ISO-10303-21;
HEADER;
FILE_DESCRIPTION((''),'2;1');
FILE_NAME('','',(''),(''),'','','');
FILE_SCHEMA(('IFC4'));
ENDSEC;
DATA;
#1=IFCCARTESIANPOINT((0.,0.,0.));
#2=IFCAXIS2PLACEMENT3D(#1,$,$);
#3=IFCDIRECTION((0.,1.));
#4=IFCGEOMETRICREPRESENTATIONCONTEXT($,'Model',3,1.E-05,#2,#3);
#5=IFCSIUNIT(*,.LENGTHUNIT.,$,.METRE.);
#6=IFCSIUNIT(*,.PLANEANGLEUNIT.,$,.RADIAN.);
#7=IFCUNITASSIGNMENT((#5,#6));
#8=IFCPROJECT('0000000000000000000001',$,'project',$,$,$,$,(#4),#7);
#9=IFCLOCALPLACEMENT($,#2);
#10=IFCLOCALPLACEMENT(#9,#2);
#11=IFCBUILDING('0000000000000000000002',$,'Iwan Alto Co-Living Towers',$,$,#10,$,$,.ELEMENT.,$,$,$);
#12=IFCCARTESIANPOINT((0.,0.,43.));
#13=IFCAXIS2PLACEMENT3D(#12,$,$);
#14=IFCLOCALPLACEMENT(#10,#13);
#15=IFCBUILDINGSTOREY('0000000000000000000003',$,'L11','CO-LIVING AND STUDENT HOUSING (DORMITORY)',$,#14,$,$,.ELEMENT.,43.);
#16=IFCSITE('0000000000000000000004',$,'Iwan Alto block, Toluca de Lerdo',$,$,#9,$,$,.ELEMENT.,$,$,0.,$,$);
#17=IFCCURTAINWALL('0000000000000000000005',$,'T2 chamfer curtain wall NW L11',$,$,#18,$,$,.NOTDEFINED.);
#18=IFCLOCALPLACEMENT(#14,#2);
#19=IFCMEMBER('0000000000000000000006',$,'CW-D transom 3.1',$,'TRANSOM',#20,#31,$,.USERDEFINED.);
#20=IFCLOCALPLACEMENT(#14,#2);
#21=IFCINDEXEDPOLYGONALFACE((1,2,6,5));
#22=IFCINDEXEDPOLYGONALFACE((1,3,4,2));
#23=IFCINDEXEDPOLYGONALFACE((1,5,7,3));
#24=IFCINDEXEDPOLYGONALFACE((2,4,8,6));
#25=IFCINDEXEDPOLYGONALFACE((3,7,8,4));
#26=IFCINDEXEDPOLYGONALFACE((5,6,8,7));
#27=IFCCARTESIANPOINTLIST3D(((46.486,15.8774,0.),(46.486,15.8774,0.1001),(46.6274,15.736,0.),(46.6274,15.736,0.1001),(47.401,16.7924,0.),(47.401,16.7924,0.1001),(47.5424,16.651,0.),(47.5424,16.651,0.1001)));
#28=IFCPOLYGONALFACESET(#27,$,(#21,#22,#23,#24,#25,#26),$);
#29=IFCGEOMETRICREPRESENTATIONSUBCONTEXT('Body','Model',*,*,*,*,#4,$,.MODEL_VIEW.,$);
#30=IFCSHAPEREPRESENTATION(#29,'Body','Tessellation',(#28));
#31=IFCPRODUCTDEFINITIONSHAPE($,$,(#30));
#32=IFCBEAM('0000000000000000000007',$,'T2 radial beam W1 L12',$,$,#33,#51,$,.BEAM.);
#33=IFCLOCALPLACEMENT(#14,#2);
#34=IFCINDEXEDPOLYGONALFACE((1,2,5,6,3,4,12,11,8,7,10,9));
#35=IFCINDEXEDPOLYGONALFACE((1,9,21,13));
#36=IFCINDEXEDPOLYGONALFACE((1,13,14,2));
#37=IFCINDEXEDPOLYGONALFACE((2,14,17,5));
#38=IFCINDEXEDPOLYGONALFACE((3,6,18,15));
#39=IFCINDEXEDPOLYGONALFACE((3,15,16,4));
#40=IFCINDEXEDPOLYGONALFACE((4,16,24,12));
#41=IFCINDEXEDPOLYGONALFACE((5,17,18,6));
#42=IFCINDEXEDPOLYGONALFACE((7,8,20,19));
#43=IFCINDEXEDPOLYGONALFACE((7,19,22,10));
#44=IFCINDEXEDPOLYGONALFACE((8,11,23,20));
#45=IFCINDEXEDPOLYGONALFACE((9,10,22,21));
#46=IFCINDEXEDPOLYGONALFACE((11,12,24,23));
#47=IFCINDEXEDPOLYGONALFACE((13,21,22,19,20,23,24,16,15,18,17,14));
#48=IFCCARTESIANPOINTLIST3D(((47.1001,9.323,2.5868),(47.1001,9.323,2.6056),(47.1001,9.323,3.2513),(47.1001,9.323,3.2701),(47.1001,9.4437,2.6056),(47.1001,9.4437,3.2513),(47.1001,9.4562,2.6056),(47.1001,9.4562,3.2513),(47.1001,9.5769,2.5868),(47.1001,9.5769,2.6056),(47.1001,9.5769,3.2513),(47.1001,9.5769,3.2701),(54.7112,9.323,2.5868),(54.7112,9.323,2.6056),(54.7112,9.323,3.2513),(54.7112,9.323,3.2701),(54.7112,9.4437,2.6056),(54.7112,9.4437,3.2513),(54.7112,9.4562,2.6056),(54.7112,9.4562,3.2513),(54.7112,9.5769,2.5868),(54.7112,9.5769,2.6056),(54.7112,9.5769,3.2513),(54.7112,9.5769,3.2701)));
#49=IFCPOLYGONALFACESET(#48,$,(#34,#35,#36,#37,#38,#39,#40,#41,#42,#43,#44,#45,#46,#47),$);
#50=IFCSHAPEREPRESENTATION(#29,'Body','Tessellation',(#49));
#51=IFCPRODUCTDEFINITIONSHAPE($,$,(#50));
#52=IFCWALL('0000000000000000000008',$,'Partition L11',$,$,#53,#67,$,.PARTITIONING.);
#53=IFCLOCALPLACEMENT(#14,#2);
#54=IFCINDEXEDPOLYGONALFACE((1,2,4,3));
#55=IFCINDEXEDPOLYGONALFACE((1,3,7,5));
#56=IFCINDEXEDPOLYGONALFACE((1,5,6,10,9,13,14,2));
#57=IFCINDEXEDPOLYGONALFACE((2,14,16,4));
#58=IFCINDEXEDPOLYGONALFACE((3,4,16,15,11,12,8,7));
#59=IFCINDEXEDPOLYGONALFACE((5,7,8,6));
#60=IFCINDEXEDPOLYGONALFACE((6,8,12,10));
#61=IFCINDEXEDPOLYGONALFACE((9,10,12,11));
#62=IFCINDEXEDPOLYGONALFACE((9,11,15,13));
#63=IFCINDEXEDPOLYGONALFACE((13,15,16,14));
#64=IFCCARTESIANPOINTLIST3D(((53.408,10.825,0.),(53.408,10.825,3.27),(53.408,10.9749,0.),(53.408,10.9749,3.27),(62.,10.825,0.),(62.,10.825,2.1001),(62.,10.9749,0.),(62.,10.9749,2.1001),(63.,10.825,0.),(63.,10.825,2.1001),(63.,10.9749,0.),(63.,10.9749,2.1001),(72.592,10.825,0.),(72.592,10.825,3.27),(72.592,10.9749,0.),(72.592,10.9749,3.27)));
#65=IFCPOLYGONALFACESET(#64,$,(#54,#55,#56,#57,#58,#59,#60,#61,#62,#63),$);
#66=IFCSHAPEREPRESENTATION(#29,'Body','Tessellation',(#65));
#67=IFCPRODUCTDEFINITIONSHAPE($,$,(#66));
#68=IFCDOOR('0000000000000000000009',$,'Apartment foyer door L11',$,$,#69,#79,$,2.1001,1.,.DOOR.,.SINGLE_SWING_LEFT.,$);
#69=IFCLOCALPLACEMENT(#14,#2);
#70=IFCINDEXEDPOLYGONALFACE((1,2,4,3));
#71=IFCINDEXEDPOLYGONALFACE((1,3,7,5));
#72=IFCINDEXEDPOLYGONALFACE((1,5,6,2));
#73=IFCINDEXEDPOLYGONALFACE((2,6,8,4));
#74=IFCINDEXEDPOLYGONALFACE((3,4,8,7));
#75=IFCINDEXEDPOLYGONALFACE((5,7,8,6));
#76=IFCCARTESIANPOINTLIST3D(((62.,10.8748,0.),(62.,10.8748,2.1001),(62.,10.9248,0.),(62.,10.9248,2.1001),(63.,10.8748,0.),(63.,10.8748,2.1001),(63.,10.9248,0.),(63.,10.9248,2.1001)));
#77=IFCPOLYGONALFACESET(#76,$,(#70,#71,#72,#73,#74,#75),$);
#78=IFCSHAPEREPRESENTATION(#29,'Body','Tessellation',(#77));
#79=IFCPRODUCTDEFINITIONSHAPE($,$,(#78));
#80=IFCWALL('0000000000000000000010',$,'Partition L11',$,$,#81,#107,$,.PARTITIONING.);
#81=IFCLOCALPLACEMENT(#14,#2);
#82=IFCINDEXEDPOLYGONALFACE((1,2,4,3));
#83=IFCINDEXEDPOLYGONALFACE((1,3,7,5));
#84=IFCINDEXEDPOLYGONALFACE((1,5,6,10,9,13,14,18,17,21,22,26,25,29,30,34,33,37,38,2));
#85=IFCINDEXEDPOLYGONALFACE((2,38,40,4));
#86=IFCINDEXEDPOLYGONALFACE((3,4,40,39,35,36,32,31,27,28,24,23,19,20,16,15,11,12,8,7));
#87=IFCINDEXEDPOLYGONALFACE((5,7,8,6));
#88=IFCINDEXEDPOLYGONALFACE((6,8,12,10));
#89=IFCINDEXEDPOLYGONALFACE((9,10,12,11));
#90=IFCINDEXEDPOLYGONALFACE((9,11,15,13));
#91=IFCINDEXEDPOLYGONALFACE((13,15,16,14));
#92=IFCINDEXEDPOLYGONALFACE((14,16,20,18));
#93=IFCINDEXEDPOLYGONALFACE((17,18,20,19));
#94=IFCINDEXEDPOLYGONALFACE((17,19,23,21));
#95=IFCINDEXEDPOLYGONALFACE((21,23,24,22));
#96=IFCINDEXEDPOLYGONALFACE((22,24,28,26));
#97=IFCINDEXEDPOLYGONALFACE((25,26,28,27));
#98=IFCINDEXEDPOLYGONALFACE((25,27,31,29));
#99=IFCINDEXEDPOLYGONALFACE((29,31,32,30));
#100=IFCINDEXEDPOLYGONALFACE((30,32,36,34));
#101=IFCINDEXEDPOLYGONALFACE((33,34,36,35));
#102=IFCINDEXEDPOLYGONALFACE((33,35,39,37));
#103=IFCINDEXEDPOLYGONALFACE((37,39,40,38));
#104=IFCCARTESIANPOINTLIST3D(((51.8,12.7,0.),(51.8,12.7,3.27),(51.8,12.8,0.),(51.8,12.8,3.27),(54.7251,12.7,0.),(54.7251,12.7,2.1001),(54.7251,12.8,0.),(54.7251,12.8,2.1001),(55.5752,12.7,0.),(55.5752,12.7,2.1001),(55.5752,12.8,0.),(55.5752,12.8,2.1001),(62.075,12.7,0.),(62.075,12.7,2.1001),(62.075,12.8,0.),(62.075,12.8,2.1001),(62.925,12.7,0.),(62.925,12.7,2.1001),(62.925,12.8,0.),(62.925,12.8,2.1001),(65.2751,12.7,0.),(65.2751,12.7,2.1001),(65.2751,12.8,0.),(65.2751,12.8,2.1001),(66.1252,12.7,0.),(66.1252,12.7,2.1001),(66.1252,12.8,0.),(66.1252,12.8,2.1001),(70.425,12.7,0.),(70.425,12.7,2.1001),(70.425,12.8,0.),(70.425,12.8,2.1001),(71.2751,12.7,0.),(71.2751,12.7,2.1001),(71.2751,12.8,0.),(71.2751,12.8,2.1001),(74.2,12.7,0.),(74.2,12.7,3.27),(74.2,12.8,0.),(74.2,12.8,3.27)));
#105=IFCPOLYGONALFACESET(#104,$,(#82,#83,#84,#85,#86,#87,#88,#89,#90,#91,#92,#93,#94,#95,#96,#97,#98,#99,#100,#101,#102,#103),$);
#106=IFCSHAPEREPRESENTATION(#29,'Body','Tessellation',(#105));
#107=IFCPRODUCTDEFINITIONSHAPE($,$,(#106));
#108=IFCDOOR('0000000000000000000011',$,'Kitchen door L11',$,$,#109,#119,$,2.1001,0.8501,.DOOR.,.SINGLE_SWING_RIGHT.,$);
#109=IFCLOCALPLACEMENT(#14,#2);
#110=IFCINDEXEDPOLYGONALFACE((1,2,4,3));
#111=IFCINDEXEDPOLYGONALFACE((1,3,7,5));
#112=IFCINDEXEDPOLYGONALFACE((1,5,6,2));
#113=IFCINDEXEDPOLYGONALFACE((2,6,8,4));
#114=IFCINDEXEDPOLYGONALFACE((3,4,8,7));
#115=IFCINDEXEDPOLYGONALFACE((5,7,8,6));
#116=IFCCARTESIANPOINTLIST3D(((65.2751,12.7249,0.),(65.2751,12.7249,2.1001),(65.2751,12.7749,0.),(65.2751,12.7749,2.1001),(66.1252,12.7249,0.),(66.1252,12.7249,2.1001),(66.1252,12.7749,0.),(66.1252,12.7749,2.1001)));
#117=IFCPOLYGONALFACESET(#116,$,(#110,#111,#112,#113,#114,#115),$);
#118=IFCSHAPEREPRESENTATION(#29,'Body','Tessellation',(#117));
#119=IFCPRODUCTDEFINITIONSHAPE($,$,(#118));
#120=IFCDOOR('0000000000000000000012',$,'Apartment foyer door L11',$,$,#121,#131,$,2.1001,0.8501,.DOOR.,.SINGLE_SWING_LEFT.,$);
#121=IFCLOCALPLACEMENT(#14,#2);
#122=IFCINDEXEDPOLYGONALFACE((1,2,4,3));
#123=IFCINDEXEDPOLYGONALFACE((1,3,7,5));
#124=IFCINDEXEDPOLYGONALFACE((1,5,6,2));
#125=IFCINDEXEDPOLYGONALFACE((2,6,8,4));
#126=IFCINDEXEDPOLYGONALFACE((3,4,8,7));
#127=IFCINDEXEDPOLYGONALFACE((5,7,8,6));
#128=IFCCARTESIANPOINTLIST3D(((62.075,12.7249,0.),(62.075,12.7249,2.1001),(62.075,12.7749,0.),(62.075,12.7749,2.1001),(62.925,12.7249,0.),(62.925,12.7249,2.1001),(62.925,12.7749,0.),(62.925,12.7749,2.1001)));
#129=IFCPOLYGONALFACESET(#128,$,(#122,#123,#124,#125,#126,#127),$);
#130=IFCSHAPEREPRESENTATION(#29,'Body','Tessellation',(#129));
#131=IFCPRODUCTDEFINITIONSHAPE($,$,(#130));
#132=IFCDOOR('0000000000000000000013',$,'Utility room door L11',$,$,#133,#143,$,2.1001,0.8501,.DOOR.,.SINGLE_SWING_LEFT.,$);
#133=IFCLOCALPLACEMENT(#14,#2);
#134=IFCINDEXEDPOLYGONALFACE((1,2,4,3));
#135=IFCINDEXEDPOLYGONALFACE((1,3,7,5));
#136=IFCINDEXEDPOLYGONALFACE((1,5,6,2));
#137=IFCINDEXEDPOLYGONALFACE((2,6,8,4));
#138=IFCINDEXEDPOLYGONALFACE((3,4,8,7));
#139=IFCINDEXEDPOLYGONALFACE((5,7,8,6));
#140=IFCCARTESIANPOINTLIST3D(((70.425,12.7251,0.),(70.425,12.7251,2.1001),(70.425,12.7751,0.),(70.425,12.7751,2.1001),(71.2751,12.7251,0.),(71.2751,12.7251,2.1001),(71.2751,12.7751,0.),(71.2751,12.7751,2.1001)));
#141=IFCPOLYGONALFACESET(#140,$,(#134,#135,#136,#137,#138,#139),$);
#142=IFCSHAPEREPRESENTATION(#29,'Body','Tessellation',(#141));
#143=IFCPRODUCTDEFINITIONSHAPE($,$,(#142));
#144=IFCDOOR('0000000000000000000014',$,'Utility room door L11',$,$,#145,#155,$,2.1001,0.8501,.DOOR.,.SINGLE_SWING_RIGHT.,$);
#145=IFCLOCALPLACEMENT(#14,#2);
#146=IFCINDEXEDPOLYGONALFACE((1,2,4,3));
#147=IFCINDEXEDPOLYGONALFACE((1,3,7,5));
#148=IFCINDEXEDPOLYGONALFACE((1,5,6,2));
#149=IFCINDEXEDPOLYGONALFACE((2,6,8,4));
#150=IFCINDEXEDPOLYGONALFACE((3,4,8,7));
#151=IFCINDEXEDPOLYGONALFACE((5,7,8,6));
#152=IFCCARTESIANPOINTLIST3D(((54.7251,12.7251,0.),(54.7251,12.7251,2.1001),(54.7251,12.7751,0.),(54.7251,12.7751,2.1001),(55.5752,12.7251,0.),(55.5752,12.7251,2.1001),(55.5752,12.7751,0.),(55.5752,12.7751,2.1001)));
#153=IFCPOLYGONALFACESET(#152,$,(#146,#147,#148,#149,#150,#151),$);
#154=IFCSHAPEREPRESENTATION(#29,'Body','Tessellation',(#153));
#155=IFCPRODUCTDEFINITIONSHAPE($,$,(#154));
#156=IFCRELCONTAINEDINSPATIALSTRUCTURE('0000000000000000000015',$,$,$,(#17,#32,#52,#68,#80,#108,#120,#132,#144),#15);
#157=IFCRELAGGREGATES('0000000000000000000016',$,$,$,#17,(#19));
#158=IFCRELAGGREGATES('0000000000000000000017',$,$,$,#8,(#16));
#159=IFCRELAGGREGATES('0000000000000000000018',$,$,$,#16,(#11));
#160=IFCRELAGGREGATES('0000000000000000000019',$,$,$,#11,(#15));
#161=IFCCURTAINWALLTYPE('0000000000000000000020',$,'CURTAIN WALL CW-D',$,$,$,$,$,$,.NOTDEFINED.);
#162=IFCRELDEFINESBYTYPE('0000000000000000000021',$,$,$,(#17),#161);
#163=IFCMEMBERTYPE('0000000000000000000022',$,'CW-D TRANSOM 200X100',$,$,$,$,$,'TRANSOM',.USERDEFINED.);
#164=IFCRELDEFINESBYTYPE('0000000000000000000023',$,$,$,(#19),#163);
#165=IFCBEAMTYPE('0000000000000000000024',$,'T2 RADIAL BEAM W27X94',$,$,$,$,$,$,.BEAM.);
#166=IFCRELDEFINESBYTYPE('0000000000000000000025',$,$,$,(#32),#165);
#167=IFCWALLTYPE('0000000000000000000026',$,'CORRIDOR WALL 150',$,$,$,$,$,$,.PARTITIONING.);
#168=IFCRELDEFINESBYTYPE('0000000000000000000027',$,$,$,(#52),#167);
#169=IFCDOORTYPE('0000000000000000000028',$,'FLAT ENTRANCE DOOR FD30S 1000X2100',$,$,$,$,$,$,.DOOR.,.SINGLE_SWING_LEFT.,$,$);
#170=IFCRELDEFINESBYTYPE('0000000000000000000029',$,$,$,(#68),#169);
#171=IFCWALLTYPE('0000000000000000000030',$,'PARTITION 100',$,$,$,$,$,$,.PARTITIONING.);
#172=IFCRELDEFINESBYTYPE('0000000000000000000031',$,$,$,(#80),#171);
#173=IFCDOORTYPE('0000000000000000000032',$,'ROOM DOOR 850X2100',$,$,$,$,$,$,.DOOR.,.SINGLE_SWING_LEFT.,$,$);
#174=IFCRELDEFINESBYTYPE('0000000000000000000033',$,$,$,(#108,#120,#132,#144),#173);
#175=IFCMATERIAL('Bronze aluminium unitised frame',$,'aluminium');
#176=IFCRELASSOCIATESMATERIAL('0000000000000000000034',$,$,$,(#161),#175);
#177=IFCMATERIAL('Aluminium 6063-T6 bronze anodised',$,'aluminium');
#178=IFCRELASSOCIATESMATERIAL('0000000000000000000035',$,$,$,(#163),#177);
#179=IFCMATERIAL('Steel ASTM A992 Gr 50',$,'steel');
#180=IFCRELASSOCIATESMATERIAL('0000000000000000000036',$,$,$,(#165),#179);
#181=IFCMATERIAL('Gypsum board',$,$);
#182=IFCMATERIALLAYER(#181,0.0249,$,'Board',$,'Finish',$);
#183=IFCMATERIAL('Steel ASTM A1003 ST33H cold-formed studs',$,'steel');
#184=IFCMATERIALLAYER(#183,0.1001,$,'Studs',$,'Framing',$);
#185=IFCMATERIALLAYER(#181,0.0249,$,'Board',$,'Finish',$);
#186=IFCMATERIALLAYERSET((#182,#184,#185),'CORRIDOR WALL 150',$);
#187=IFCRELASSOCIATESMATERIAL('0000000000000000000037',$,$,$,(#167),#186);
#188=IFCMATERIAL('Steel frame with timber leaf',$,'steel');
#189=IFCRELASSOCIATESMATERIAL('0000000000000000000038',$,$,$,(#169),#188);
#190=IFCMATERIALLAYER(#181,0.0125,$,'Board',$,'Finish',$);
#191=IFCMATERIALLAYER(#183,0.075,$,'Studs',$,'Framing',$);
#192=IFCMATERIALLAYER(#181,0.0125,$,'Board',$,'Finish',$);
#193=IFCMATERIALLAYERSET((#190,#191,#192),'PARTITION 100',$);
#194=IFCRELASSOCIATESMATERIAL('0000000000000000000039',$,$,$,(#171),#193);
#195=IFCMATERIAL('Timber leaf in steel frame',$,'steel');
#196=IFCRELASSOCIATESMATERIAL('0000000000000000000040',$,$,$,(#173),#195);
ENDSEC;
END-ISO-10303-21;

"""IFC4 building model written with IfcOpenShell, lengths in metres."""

from ifc_helpers import new_model, si_unit, direction, frame, frame_2d, origin, origin_2d, place, context, subcontext, project, spatial, rectangle, i_section, extrude, material, layer, layer_set, material_profile, profile_set, type_object, element, fill, aggregate, save


model = new_model("IFC4")

# Units and contexts
model_context = context("Model", 3, precision=1e-05, world=origin(), true_north=direction((0.0, 1.0)))
body_context = subcontext(model_context, "Body", "Model", "MODEL_VIEW")
ifc_project = project(units=[si_unit("LENGTHUNIT", "METRE"), si_unit("PLANEANGLEUNIT", "RADIAN")], contexts=[model_context])

# Site, building, storey
site_placement = place(None, origin())
site = spatial("IfcSite", under=ifc_project, at=site_placement, Name="Iwan Alto block, Toluca de Lerdo", CompositionType="ELEMENT", RefElevation=0.0)
building_placement = place(site_placement, origin())
building = spatial("IfcBuilding", under=site, at=building_placement, Name="Iwan Alto Co-Living Towers", CompositionType="ELEMENT")
storey_placement = place(building_placement, frame((0.0, 0.0, 43.0)))
storey = spatial("IfcBuildingStorey", under=building, at=storey_placement, Name="L11", Description="CO-LIVING AND STUDENT HOUSING (DORMITORY)", CompositionType="ELEMENT", Elevation=43.0)

# Curtain wall, member
ifc_material_1 = material(Name="Bronze aluminium unitised frame", Category="aluminium")
curtain_wall_type = type_object("IfcCurtainWallType", Name="CURTAIN WALL CW-D", PredefinedType="NOTDEFINED", material=ifc_material_1)
curtain_wall_placement = place(storey_placement, origin())
curtain_wall = element("IfcCurtainWall", 1, at=curtain_wall_placement, inside=storey, type_object=curtain_wall_type, Name="T2 chamfer curtain wall NW L11", PredefinedType="NOTDEFINED")
ifc_material_2 = material(Name="Aluminium 6063-T6 bronze anodised", Category="aluminium")
ifc_material_profile_1 = material_profile(ifc_material_2, rectangle(XDim=0.2, YDim=0.1001, at=origin_2d()), Name="AL 200X100")
ifc_profile_set_1 = profile_set([ifc_material_profile_1], Name="Aluminium 6063-T6 bronze anodised")
member_type = type_object("IfcMemberType", Name="CW-D TRANSOM 200X100", ElementType="TRANSOM", PredefinedType="USERDEFINED", material=ifc_profile_set_1)
member_placement = place(storey_placement, frame((47.4717, 16.7217, 0.05), z_axis=(-0.707107, -0.707107, 0.0), x_axis=(0.707107, -0.707107, 0.0)))
member = element("IfcMember", 2, at=member_placement, type_object=member_type, Name="CW-D transom 3.1", ObjectType="TRANSOM", PredefinedType="USERDEFINED", context=body_context, shape_type="SweptSolid", body=[
    extrude(rectangle(XDim=0.2, YDim=0.1001, at=origin_2d()), origin(), (0.0, 0.0, 1.0), 1.2939),
])
aggregate(curtain_wall, [member])

# Beam
ifc_material_3 = material(Name="Steel ASTM A992 Gr 50", Category="steel")
ifc_material_profile_2 = material_profile(ifc_material_3, i_section(OverallWidth=0.2539, OverallDepth=0.6833, WebThickness=0.0125, FlangeThickness=0.0188, at=origin_2d()), Name="W27X94")
ifc_profile_set_2 = profile_set([ifc_material_profile_2], Name="Steel ASTM A992 Gr 50")
beam_type = type_object("IfcBeamType", Name="T2 RADIAL BEAM W27X94", PredefinedType="BEAM", material=ifc_profile_set_2)
beam_placement = place(storey_placement, frame((47.1001, 9.45, 2.9285), z_axis=(1.0, 0.0, 0.0), x_axis=(0.0, 1.0, 0.0)))
element("IfcBeam", 3, at=beam_placement, inside=storey, type_object=beam_type, Name="T2 radial beam W1 L12", PredefinedType="BEAM", context=body_context, shape_type="SweptSolid", body=[
    extrude(i_section(OverallWidth=0.2539, OverallDepth=0.6833, WebThickness=0.0125, FlangeThickness=0.0188, at=origin_2d()), origin(), (0.0, 0.0, 1.0), 7.6111),
])

# Wall, opening, door
ifc_material_4 = material(Name="Gypsum board")
ifc_layer_1 = layer(ifc_material_4, 0.0249, Name="Board", Category="Finish")
ifc_material_5 = material(Name="Steel ASTM A1003 ST33H cold-formed studs", Category="steel")
ifc_layer_2 = layer(ifc_material_5, 0.1001, Name="Studs", Category="Framing")
ifc_layer_3 = layer(ifc_material_4, 0.0249, Name="Board", Category="Finish")
ifc_layer_set_1 = layer_set([ifc_layer_1, ifc_layer_2, ifc_layer_3], Name="CORRIDOR WALL 150")
wall_type_1 = type_object("IfcWallType", Name="CORRIDOR WALL 150", PredefinedType="PARTITIONING", material=ifc_layer_set_1)
wall_1_placement = place(storey_placement, frame((53.408, 10.8999, 0.0), z_axis=(0.0, 0.0, 1.0), x_axis=(1.0, 0.0, 0.0)))
wall_1 = element("IfcWall", 4, at=wall_1_placement, inside=storey, type_object=wall_type_1, Name="Partition L11", PredefinedType="PARTITIONING", context=body_context, shape_type="SweptSolid", body=[
    extrude(rectangle(XDim=19.1841, YDim=0.1499, at=frame_2d((9.592, 0.0))), origin(), (0.0, 0.0, 1.0), 3.27),
])
opening_1_placement = place(wall_1_placement, frame((8.592, 0.0, 0.0)))
opening_1 = element("IfcOpeningElement", 5, at=opening_1_placement, cuts=wall_1, PredefinedType="OPENING", context=body_context, shape_type="SweptSolid", body=[
    extrude(rectangle(XDim=1.0, YDim=2.1001, at=frame_2d((0.5, 1.05))), frame((0.0, 0.085, 0.0), z_axis=(0.0, -1.0, 0.0), x_axis=(1.0, 0.0, 0.0)), (0.0, 0.0, 1.0), 0.1699),
])
ifc_material_6 = material(Name="Steel frame with timber leaf", Category="steel")
door_type_1 = type_object("IfcDoorType", Name="FLAT ENTRANCE DOOR FD30S 1000X2100", OperationType="SINGLE_SWING_LEFT", PredefinedType="DOOR", material=ifc_material_6)
door_1_placement = place(opening_1_placement, origin())
door_1 = element("IfcDoor", 6, at=door_1_placement, inside=storey, type_object=door_type_1, Name="Apartment foyer door L11", OperationType="SINGLE_SWING_LEFT", OverallHeight=2.1001, OverallWidth=1.0, PredefinedType="DOOR", context=body_context, shape_type="SweptSolid", body=[
    extrude(rectangle(XDim=1.0, YDim=2.1001, at=frame_2d((0.5, 1.05))), frame((0.0, 0.0249, 0.0), z_axis=(0.0, -1.0, 0.0), x_axis=(1.0, 0.0, 0.0)), (0.0, 0.0, 1.0), 0.05),
])
fill(opening_1, door_1)

# Wall, openings, doors
ifc_layer_4 = layer(ifc_material_4, 0.0125, Name="Board", Category="Finish")
ifc_layer_5 = layer(ifc_material_5, 0.075, Name="Studs", Category="Framing")
ifc_layer_6 = layer(ifc_material_4, 0.0125, Name="Board", Category="Finish")
ifc_layer_set_2 = layer_set([ifc_layer_4, ifc_layer_5, ifc_layer_6], Name="PARTITION 100")
wall_type_2 = type_object("IfcWallType", Name="PARTITION 100", PredefinedType="PARTITIONING", material=ifc_layer_set_2)
wall_2_placement = place(storey_placement, frame((51.8, 12.75, 0.0), z_axis=(0.0, 0.0, 1.0), x_axis=(1.0, 0.0, 0.0)))
wall_2 = element("IfcWall", 7, at=wall_2_placement, inside=storey, type_object=wall_type_2, Name="Partition L11", PredefinedType="PARTITIONING", context=body_context, shape_type="SweptSolid", body=[
    extrude(rectangle(XDim=22.3999, YDim=0.1001, at=frame_2d((11.2, 0.0))), origin(), (0.0, 0.0, 1.0), 3.27),
])
opening_2_placement = place(wall_2_placement, frame((13.4751, 0.0, 0.0)))
opening_2 = element("IfcOpeningElement", 8, at=opening_2_placement, cuts=wall_2, PredefinedType="OPENING", context=body_context, shape_type="SweptSolid", body=[
    extrude(rectangle(XDim=0.8501, YDim=2.1001, at=frame_2d((0.425, 1.05))), frame((0.0, 0.0601, 0.0), z_axis=(0.0, -1.0, 0.0), x_axis=(1.0, 0.0, 0.0)), (0.0, 0.0, 1.0), 0.1201),
])
opening_3_placement = place(wall_2_placement, frame((10.2749, 0.0, 0.0)))
opening_3 = element("IfcOpeningElement", 9, at=opening_3_placement, cuts=wall_2, PredefinedType="OPENING", context=body_context, shape_type="SweptSolid", body=[
    extrude(rectangle(XDim=0.8501, YDim=2.1001, at=frame_2d((0.425, 1.05))), frame((0.0, 0.0601, 0.0), z_axis=(0.0, -1.0, 0.0), x_axis=(1.0, 0.0, 0.0)), (0.0, 0.0, 1.0), 0.1201),
])
opening_4_placement = place(wall_2_placement, frame((18.625, 0.0, 0.0)))
opening_4 = element("IfcOpeningElement", 10, at=opening_4_placement, cuts=wall_2, PredefinedType="OPENING", context=body_context, shape_type="SweptSolid", body=[
    extrude(rectangle(XDim=0.8501, YDim=2.1001, at=frame_2d((0.425, 1.05))), frame((0.0, 0.0601, 0.0), z_axis=(0.0, -1.0, 0.0), x_axis=(1.0, 0.0, 0.0)), (0.0, 0.0, 1.0), 0.1201),
])
opening_5_placement = place(wall_2_placement, frame((2.925, 0.0, 0.0)))
opening_5 = element("IfcOpeningElement", 11, at=opening_5_placement, cuts=wall_2, PredefinedType="OPENING", context=body_context, shape_type="SweptSolid", body=[
    extrude(rectangle(XDim=0.8501, YDim=2.1001, at=frame_2d((0.425, 1.05))), frame((0.0, 0.0601, 0.0), z_axis=(0.0, -1.0, 0.0), x_axis=(1.0, 0.0, 0.0)), (0.0, 0.0, 1.0), 0.1201),
])
ifc_material_7 = material(Name="Timber leaf in steel frame", Category="steel")
door_type_2 = type_object("IfcDoorType", Name="ROOM DOOR 850X2100", OperationType="SINGLE_SWING_LEFT", PredefinedType="DOOR", material=ifc_material_7)
door_2_placement = place(opening_2_placement, origin())
door_2 = element("IfcDoor", 12, at=door_2_placement, inside=storey, type_object=door_type_2, Name="Kitchen door L11", OperationType="SINGLE_SWING_RIGHT", OverallHeight=2.1001, OverallWidth=0.8501, PredefinedType="DOOR", context=body_context, shape_type="SweptSolid", body=[
    extrude(rectangle(XDim=0.8501, YDim=2.1001, at=frame_2d((0.425, 1.05))), frame((0.0, 0.0249, 0.0), z_axis=(0.0, -1.0, 0.0), x_axis=(1.0, 0.0, 0.0)), (0.0, 0.0, 1.0), 0.05),
])
fill(opening_2, door_2)
door_3_placement = place(opening_3_placement, origin())
door_3 = element("IfcDoor", 13, at=door_3_placement, inside=storey, type_object=door_type_2, Name="Apartment foyer door L11", OperationType="SINGLE_SWING_LEFT", OverallHeight=2.1001, OverallWidth=0.8501, PredefinedType="DOOR", context=body_context, shape_type="SweptSolid", body=[
    extrude(rectangle(XDim=0.8501, YDim=2.1001, at=frame_2d((0.425, 1.05))), frame((0.0, 0.0249, 0.0), z_axis=(0.0, -1.0, 0.0), x_axis=(1.0, 0.0, 0.0)), (0.0, 0.0, 1.0), 0.05),
])
fill(opening_3, door_3)
door_4_placement = place(opening_4_placement, frame((0.8501, 0.0, 0.0), z_axis=(0.0, 0.0, 1.0), x_axis=(-1.0, 0.0, 0.0)))
door_4 = element("IfcDoor", 14, at=door_4_placement, inside=storey, type_object=door_type_2, Name="Utility room door L11", OperationType="SINGLE_SWING_LEFT", OverallHeight=2.1001, OverallWidth=0.8501, PredefinedType="DOOR", context=body_context, shape_type="SweptSolid", body=[
    extrude(rectangle(XDim=0.8501, YDim=2.1001, at=frame_2d((0.425, 1.05))), frame((0.0, 0.0249, 0.0), z_axis=(0.0, -1.0, 0.0), x_axis=(1.0, 0.0, 0.0)), (0.0, 0.0, 1.0), 0.05),
])
fill(opening_4, door_4)
door_5_placement = place(opening_5_placement, frame((0.8501, 0.0, 0.0), z_axis=(0.0, 0.0, 1.0), x_axis=(-1.0, 0.0, 0.0)))
door_5 = element("IfcDoor", 15, at=door_5_placement, inside=storey, type_object=door_type_2, Name="Utility room door L11", OperationType="SINGLE_SWING_RIGHT", OverallHeight=2.1001, OverallWidth=0.8501, PredefinedType="DOOR", context=body_context, shape_type="SweptSolid", body=[
    extrude(rectangle(XDim=0.8501, YDim=2.1001, at=frame_2d((0.425, 1.05))), frame((0.0, 0.0249, 0.0), z_axis=(0.0, -1.0, 0.0), x_axis=(1.0, 0.0, 0.0)), (0.0, 0.0, 1.0), 0.05),
])
fill(opening_5, door_5)

save(model, "model.ifc")
